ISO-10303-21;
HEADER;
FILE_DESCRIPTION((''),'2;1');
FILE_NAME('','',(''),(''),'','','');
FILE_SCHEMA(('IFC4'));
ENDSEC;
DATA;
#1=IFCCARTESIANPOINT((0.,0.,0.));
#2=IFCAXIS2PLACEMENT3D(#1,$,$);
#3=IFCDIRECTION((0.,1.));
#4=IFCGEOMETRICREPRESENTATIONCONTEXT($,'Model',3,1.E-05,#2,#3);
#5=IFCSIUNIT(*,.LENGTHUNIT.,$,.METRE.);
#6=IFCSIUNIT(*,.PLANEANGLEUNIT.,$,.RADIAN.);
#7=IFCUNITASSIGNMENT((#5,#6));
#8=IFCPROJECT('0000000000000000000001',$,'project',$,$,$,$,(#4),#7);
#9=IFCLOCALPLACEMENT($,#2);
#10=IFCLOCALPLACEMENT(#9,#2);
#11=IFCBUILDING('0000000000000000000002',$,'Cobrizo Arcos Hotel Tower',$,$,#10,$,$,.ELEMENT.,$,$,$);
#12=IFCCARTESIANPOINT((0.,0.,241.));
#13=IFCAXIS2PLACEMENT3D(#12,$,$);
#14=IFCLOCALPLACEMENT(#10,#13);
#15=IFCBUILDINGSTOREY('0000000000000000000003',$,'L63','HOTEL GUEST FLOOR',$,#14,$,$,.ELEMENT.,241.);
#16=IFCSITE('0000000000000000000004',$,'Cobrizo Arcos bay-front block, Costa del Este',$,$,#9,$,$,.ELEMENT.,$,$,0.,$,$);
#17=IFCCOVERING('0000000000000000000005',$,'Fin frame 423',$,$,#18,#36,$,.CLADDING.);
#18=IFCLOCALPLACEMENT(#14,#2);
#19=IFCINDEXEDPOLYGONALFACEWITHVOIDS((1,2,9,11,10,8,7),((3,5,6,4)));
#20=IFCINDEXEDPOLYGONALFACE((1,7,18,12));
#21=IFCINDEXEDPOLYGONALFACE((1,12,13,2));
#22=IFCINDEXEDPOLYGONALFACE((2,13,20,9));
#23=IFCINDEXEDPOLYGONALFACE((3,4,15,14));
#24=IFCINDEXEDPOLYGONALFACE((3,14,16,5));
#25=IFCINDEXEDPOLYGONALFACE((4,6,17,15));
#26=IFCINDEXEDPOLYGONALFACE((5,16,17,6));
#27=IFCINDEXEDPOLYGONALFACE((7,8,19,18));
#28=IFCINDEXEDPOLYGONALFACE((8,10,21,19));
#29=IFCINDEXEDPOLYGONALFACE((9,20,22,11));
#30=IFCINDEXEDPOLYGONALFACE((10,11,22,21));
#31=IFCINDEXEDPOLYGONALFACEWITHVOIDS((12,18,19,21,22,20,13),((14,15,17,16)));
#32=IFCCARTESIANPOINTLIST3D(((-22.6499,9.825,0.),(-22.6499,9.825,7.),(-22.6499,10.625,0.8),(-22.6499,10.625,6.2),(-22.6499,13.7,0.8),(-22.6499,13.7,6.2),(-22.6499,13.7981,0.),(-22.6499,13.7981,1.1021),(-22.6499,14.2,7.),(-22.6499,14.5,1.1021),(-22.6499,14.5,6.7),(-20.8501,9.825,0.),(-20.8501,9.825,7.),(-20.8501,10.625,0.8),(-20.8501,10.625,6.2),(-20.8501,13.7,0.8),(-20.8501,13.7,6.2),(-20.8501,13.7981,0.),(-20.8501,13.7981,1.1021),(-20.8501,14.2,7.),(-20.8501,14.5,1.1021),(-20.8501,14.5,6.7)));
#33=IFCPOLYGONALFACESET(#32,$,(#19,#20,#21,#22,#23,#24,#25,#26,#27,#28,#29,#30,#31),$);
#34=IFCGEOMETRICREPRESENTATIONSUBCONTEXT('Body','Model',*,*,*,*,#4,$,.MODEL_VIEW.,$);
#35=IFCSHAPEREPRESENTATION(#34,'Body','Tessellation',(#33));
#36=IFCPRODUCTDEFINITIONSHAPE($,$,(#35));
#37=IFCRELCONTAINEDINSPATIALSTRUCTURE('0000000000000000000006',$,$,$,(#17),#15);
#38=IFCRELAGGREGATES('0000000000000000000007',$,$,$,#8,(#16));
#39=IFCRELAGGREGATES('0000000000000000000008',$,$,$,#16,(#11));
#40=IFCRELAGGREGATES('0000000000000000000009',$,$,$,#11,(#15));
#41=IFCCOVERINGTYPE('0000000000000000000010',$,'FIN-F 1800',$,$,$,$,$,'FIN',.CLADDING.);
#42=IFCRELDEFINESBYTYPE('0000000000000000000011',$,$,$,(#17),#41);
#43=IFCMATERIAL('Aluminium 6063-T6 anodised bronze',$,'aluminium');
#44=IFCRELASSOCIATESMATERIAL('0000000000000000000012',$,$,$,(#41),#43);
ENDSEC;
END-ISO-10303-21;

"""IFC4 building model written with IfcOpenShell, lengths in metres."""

from ifc_helpers import new_model, si_unit, direction, frame, origin, place, context, subcontext, project, spatial, polyline, outline, extrude, material, type_object, element, save


model = new_model("IFC4")

# Units and contexts
model_context = context("Model", 3, precision=1e-05, world=origin(), true_north=direction((0.0, 1.0)))
body_context = subcontext(model_context, "Body", "Model", "MODEL_VIEW")
ifc_project = project(units=[si_unit("LENGTHUNIT", "METRE"), si_unit("PLANEANGLEUNIT", "RADIAN")], contexts=[model_context])

# Site, building, storey
site_placement = place(None, origin())
site = spatial("IfcSite", under=ifc_project, at=site_placement, Name="Cobrizo Arcos bay-front block, Costa del Este", CompositionType="ELEMENT", RefElevation=0.0)
building_placement = place(site_placement, origin())
building = spatial("IfcBuilding", under=site, at=building_placement, Name="Cobrizo Arcos Hotel Tower", CompositionType="ELEMENT")
storey_placement = place(building_placement, frame((0.0, 0.0, 241.0)))
storey = spatial("IfcBuildingStorey", under=building, at=storey_placement, Name="L63", Description="HOTEL GUEST FLOOR", CompositionType="ELEMENT", Elevation=241.0)

# Shared definitions
ifc_material_1 = material(Name="Aluminium 6063-T6 anodised bronze", Category="aluminium")

# Covering
covering_type = type_object("IfcCoveringType", Name="FIN-F 1800", ElementType="FIN", PredefinedType="CLADDING", material=ifc_material_1)
covering_placement = place(storey_placement, frame((-20.8501, 14.5, 0.0), z_axis=(-1.0, 0.0, 0.0), x_axis=(0.0, -1.0, 0.0)))
element("IfcCovering", 1, at=covering_placement, inside=storey, type_object=covering_type, Name="Fin frame 423", PredefinedType="CLADDING", context=body_context, shape_type="SweptSolid", body=[
    extrude(outline(polyline([(0.0, 6.7), (0.0, 1.1021), (0.7019, 1.1021), (0.7019, 0.0), (4.675, 0.0), (4.675, 7.0), (0.3, 7.0), (0.0, 6.7)]), holes=[polyline([(3.875, 0.8), (0.8, 0.8), (0.8, 6.2), (3.875, 6.2), (3.875, 0.8)])]), origin(), (0.0, 0.0, 1.0), 1.7998),
])

save(model, "model.ifc")
